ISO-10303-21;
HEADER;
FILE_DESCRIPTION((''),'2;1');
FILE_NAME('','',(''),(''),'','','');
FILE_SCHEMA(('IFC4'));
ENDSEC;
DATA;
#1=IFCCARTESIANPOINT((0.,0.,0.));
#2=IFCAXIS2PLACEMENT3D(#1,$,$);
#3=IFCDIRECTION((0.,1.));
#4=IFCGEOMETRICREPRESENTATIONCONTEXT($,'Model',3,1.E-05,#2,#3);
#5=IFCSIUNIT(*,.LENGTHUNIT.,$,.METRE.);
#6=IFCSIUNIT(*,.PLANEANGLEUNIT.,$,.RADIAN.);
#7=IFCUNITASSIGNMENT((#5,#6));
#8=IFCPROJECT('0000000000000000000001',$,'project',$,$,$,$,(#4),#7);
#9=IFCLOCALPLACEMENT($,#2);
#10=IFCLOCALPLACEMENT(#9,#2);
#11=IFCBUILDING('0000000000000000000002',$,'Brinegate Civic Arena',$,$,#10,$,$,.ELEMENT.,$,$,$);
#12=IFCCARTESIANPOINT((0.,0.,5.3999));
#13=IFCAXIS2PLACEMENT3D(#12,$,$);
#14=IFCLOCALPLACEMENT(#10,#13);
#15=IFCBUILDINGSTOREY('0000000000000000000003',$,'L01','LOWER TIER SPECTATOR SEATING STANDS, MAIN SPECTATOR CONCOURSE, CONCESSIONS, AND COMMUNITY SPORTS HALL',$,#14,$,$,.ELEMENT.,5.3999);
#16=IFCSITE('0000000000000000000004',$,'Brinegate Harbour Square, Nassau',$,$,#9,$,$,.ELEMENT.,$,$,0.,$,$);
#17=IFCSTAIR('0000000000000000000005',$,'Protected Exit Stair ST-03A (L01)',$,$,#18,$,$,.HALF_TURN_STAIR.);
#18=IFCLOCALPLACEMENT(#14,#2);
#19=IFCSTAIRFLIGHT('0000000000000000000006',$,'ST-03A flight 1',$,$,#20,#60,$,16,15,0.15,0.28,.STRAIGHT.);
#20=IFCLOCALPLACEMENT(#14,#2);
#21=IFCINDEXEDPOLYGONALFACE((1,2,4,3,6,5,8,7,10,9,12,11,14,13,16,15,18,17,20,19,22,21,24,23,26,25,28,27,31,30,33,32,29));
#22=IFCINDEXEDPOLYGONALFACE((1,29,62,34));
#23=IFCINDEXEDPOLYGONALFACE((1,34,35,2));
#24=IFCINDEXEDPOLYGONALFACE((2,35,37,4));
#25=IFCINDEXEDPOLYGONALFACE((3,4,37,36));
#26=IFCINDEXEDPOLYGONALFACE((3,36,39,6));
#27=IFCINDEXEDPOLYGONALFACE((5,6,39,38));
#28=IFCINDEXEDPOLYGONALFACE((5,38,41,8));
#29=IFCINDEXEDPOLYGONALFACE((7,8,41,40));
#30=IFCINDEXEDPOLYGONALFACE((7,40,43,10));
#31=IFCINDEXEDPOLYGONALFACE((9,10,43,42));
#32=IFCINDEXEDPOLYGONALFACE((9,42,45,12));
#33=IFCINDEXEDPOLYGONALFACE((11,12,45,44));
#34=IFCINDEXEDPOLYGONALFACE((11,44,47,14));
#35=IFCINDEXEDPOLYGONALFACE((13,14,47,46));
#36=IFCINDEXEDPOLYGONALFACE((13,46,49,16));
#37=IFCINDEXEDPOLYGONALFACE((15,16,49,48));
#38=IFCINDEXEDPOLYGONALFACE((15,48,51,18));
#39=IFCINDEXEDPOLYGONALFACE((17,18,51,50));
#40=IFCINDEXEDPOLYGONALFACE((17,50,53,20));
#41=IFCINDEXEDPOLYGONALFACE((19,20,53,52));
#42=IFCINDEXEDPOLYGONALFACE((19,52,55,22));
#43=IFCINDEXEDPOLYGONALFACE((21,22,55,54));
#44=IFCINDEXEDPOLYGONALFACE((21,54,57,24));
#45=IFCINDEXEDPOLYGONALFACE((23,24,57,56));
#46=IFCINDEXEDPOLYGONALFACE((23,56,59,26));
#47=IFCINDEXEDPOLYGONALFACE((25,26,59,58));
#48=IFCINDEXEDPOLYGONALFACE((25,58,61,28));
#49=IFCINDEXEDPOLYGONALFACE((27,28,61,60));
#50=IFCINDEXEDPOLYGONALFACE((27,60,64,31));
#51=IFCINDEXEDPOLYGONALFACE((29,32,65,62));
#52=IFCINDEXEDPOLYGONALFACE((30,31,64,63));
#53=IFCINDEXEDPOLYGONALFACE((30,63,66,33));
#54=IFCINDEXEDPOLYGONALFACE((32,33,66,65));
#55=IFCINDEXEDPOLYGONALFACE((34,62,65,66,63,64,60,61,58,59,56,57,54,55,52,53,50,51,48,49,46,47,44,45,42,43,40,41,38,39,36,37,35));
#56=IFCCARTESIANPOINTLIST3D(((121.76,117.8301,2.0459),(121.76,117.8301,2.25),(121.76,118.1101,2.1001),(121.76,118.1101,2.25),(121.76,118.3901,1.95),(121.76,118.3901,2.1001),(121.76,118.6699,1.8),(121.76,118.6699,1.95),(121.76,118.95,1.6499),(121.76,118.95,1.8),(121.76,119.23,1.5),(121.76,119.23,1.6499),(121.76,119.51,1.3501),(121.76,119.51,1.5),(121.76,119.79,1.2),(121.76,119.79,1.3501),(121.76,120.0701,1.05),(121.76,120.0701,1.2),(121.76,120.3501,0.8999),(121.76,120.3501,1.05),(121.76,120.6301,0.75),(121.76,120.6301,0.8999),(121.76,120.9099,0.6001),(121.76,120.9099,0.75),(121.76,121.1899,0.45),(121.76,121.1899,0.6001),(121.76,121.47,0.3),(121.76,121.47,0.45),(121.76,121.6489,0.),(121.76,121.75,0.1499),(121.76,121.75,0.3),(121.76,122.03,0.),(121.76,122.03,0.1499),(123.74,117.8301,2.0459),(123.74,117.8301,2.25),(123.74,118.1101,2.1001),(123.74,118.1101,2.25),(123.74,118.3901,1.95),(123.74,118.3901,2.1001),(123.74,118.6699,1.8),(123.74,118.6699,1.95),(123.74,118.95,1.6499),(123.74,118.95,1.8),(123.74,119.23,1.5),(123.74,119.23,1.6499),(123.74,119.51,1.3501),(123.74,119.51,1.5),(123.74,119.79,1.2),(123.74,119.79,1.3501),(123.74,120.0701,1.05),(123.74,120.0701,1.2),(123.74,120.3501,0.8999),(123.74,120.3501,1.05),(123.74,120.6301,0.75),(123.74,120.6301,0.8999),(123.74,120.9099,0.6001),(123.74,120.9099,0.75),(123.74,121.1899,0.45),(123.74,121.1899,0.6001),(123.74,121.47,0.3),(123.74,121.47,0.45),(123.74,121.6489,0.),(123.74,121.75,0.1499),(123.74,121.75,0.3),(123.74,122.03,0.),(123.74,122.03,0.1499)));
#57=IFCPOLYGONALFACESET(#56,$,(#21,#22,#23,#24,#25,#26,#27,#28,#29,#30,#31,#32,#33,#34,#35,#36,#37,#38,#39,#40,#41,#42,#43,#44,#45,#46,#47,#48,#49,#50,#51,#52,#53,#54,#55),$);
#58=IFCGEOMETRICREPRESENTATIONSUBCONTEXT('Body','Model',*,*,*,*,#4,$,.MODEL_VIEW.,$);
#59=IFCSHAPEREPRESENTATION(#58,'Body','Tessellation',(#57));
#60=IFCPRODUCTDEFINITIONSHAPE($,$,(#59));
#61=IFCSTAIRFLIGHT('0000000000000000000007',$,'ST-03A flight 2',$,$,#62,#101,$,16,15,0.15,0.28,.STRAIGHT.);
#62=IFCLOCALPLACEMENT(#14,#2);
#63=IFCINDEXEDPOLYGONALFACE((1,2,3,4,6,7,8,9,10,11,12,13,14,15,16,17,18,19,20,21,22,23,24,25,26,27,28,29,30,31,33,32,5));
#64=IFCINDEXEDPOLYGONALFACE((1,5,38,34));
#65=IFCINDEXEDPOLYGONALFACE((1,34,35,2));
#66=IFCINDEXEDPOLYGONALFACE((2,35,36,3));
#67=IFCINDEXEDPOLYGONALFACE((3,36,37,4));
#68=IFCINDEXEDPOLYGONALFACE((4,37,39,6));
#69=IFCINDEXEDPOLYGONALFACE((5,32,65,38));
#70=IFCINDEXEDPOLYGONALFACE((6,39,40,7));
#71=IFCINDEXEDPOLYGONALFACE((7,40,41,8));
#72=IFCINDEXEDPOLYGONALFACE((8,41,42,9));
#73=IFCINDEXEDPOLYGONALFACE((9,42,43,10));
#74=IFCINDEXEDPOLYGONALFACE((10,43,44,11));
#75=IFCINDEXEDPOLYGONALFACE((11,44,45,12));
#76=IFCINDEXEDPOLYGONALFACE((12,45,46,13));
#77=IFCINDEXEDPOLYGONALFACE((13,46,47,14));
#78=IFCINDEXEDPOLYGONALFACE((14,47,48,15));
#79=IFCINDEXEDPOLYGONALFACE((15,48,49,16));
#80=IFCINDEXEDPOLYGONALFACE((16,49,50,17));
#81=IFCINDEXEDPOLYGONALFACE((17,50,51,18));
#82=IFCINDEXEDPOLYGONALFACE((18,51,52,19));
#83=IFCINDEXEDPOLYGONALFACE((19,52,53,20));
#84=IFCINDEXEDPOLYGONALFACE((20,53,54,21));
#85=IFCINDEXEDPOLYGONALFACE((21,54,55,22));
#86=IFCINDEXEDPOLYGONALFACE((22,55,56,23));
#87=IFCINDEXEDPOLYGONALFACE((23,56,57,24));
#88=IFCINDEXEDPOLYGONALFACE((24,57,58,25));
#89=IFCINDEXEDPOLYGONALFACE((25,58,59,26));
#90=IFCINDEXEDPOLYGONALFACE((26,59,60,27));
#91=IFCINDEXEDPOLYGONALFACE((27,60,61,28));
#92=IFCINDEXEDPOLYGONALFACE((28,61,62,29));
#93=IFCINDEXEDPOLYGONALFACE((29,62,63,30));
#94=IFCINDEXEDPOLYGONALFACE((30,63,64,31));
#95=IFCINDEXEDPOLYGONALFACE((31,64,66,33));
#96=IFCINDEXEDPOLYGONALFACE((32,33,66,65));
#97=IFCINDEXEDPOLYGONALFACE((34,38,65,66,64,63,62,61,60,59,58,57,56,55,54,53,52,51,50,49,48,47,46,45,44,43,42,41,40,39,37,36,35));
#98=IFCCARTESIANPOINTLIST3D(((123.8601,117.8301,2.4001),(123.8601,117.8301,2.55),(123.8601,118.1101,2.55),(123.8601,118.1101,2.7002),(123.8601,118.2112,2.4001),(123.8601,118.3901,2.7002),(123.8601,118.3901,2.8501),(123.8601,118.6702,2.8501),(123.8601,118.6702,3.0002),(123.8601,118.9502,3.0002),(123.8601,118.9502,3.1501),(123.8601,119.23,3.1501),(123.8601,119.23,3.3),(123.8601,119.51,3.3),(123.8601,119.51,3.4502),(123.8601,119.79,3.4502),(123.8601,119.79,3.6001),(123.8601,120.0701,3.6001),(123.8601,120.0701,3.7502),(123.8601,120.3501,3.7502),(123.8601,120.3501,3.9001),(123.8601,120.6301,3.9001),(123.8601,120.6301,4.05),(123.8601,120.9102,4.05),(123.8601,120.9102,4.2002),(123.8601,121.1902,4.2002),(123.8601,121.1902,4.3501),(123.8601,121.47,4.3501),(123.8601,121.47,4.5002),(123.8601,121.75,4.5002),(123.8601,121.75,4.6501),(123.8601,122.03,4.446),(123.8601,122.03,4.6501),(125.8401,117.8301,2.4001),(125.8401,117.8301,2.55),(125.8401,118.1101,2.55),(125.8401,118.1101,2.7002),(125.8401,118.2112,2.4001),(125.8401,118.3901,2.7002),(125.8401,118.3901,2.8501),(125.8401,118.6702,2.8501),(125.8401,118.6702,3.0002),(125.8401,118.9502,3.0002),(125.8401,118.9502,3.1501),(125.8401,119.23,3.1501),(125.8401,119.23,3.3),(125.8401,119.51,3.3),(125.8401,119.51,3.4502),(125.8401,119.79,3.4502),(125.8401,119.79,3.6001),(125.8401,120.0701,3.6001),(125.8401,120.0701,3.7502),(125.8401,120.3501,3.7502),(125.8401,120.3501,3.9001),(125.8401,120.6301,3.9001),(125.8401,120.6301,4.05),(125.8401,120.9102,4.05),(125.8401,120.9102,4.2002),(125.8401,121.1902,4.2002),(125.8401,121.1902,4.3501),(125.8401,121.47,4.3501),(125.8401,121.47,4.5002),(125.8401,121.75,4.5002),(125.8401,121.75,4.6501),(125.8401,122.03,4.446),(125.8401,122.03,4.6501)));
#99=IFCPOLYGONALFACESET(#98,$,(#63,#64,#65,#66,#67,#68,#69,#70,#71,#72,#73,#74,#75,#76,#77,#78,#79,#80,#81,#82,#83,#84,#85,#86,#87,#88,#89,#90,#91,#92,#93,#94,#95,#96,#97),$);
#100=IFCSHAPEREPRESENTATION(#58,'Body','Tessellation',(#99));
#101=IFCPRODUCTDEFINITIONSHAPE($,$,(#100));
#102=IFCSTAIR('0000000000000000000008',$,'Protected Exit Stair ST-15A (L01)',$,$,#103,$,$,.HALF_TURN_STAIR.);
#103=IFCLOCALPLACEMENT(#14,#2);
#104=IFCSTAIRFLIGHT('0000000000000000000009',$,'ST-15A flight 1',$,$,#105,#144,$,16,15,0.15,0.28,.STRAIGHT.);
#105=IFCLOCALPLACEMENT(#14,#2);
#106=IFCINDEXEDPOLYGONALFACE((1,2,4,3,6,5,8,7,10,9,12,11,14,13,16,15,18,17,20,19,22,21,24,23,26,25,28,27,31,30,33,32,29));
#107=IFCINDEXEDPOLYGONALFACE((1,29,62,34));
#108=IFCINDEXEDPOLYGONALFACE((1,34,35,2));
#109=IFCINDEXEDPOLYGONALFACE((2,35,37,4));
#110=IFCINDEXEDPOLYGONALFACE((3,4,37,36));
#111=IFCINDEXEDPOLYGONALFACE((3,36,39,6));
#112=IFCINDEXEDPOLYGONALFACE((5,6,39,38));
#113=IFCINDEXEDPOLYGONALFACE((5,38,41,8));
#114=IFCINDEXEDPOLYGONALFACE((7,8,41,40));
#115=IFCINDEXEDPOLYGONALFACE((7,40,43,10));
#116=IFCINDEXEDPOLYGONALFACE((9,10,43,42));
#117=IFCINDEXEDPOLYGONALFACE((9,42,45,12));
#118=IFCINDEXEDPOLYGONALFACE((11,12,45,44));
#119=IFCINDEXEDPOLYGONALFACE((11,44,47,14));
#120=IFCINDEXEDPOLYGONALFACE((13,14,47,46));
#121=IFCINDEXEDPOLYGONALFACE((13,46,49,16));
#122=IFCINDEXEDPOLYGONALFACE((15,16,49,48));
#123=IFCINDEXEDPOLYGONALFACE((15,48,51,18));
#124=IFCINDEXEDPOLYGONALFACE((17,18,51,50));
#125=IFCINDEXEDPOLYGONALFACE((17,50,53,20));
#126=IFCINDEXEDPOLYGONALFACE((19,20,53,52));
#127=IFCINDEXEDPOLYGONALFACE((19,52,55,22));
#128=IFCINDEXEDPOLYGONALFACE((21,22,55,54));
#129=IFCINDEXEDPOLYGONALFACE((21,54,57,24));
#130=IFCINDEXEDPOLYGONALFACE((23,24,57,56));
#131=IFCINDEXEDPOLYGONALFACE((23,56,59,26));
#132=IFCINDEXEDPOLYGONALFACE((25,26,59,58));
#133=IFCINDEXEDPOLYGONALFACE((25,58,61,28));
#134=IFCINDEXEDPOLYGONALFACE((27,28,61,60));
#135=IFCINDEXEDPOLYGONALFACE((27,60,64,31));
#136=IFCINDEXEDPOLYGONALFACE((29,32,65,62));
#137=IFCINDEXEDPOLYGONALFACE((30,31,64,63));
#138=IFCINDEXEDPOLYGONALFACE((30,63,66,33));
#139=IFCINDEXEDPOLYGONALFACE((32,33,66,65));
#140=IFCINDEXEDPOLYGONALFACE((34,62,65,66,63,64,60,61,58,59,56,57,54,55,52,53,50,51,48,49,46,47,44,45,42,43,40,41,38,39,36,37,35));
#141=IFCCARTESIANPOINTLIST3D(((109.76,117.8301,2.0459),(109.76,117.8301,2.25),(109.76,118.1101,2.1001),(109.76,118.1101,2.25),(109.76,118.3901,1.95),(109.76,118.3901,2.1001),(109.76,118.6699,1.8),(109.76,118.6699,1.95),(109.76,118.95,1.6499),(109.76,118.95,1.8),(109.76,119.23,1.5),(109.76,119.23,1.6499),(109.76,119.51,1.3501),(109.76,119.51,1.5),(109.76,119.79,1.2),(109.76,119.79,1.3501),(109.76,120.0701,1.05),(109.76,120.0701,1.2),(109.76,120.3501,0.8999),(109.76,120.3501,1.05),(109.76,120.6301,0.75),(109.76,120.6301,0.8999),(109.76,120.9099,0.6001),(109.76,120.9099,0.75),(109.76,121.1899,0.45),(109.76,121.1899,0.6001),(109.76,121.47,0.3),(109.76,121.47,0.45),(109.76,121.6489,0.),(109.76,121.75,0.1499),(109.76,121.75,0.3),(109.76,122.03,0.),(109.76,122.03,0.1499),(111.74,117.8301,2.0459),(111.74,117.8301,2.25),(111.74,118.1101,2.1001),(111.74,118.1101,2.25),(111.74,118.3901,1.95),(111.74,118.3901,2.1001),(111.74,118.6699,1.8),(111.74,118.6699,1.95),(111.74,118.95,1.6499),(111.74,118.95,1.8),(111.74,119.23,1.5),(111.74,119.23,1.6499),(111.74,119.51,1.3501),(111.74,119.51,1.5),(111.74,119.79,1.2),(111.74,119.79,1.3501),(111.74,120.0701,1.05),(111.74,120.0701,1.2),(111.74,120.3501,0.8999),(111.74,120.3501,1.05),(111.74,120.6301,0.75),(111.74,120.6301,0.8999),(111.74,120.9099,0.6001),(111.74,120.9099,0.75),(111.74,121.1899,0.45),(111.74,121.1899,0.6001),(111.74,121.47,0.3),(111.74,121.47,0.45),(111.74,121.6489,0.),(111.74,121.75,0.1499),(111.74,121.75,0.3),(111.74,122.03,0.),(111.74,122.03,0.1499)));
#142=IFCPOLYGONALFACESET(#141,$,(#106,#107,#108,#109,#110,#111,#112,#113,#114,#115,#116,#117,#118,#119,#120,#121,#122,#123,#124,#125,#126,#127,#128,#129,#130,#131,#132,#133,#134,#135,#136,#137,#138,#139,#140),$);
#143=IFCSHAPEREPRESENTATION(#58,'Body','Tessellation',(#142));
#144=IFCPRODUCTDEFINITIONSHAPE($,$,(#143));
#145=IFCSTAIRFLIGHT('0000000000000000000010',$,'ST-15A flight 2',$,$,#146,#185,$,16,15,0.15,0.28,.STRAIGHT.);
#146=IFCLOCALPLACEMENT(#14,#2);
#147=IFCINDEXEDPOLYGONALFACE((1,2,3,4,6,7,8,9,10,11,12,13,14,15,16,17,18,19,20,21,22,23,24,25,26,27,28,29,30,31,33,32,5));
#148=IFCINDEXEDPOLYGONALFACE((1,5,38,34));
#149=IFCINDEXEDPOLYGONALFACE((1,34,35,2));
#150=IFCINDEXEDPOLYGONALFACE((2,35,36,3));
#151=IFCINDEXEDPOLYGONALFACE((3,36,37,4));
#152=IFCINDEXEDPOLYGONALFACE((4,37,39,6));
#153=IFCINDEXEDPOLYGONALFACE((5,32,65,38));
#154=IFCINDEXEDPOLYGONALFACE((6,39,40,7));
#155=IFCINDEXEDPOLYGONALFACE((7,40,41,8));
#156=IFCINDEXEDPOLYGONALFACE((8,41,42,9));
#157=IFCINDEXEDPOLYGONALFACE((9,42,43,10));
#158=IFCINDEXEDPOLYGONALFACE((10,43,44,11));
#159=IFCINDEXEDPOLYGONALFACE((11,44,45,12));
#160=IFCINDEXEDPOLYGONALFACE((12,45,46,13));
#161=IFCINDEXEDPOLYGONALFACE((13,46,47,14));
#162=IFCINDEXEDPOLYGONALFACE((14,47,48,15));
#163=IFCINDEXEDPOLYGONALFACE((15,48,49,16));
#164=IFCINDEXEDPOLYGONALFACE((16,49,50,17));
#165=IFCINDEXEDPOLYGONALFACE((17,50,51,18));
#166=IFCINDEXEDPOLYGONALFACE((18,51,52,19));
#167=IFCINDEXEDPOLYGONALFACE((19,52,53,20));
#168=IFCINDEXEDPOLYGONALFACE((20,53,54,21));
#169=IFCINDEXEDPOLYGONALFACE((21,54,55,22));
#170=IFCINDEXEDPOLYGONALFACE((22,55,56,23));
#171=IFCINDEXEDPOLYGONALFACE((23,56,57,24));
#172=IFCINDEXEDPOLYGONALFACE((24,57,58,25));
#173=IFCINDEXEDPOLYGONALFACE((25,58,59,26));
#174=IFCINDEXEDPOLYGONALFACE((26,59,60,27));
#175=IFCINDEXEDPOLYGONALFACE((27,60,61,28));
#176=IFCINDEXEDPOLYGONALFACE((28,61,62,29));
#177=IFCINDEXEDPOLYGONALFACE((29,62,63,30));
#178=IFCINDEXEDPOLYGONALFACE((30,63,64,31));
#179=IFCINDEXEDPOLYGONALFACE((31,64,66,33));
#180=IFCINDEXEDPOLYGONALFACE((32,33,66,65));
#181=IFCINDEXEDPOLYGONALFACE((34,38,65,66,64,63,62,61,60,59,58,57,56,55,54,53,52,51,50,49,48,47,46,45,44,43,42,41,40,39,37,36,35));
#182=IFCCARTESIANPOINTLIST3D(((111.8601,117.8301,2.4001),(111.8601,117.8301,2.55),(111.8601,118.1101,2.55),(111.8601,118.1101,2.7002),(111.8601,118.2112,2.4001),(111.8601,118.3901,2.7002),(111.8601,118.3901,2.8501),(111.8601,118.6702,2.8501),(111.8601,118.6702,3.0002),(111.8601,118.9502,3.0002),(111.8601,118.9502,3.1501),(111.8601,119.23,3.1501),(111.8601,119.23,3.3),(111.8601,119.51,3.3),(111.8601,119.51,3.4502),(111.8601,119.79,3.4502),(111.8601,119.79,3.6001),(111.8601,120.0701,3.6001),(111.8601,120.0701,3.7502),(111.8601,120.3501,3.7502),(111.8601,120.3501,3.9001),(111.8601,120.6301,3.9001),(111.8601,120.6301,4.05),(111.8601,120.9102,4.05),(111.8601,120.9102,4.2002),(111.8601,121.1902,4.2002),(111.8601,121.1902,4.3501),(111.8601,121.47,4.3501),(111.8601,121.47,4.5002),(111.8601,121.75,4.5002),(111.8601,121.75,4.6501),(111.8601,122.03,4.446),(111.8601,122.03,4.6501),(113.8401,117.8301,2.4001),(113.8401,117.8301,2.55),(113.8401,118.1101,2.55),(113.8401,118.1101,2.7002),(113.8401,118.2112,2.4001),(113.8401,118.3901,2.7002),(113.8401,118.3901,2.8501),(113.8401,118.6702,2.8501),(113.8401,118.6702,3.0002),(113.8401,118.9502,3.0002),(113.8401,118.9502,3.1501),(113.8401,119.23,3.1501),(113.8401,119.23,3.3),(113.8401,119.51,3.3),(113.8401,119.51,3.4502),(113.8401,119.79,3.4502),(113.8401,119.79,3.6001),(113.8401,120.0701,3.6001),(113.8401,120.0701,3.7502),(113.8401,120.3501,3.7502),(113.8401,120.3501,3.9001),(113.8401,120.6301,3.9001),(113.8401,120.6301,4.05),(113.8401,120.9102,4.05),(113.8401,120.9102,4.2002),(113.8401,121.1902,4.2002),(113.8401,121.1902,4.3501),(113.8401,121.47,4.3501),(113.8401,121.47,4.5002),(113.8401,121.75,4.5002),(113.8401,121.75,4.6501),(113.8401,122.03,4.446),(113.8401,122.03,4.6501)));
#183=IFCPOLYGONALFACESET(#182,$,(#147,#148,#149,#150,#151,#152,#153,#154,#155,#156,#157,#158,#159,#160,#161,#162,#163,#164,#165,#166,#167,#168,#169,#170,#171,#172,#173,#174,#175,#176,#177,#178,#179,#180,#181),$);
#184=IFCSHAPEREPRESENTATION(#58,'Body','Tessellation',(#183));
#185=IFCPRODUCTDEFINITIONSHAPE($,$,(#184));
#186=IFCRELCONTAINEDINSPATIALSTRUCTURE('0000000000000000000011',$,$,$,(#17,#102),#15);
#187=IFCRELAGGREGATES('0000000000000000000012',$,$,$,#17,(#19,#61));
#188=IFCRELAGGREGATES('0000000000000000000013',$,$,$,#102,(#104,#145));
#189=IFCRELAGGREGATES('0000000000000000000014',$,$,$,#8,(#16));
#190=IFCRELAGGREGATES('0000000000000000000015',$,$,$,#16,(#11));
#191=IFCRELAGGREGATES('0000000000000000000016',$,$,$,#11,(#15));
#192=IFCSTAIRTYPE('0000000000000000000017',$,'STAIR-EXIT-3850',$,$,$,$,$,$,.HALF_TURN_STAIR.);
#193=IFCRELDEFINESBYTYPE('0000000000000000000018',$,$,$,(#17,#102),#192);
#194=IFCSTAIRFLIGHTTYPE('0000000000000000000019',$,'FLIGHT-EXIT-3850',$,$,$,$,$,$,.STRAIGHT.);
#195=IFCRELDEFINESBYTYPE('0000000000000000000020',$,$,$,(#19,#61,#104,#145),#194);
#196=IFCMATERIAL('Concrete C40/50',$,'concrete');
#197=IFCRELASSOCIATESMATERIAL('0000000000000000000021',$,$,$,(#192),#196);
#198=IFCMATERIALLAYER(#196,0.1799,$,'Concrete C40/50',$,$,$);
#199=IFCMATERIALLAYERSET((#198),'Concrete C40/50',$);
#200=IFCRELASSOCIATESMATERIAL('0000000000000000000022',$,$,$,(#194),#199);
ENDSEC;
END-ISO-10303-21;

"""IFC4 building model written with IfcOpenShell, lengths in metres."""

from ifc_helpers import new_model, si_unit, direction, frame, origin, place, context, subcontext, project, spatial, polyline, outline, extrude, material, layer, layer_set, type_object, element, aggregate, save


model = new_model("IFC4")

# Units and contexts
model_context = context("Model", 3, precision=1e-05, world=origin(), true_north=direction((0.0, 1.0)))
body_context = subcontext(model_context, "Body", "Model", "MODEL_VIEW")
ifc_project = project(units=[si_unit("LENGTHUNIT", "METRE"), si_unit("PLANEANGLEUNIT", "RADIAN")], contexts=[model_context])

# Site, building, storey
site_placement = place(None, origin())
site = spatial("IfcSite", under=ifc_project, at=site_placement, Name="Brinegate Harbour Square, Nassau", CompositionType="ELEMENT", RefElevation=0.0)
building_placement = place(site_placement, origin())
building = spatial("IfcBuilding", under=site, at=building_placement, Name="Brinegate Civic Arena", CompositionType="ELEMENT")
storey_placement = place(building_placement, frame((0.0, 0.0, 5.3999)))
storey = spatial("IfcBuildingStorey", under=building, at=storey_placement, Name="L01", Description="LOWER TIER SPECTATOR SEATING STANDS, MAIN SPECTATOR CONCOURSE, CONCESSIONS, AND COMMUNITY SPORTS HALL", CompositionType="ELEMENT", Elevation=5.3999)

# Stairs, stair flights
ifc_material_1 = material(Name="Concrete C40/50", Category="concrete")
stair_type_1 = type_object("IfcStairType", Name="STAIR-EXIT-3850", PredefinedType="HALF_TURN_STAIR", material=ifc_material_1)
stair_1_placement = place(storey_placement, origin())
stair_1 = element("IfcStair", 1, at=stair_1_placement, inside=storey, type_object=stair_type_1, Name="Protected Exit Stair ST-03A (L01)", PredefinedType="HALF_TURN_STAIR")
ifc_layer_1 = layer(ifc_material_1, 0.1799, Name="Concrete C40/50")
ifc_layer_set_1 = layer_set([ifc_layer_1], Name="Concrete C40/50")
stair_flight_type_1 = type_object("IfcStairFlightType", Name="FLIGHT-EXIT-3850", PredefinedType="STRAIGHT", material=ifc_layer_set_1)
stair_flight_1_placement = place(storey_placement, frame((122.75, 122.03, 0.0), z_axis=(0.0, 0.0, 1.0), x_axis=(0.0, -1.0, 0.0)))
stair_flight_1 = element("IfcStairFlight", 2, at=stair_flight_1_placement, type_object=stair_flight_type_1, Name="ST-03A flight 1", NumberOfRisers=16, NumberOfTreads=15, PredefinedType="STRAIGHT", RiserHeight=0.15, TreadLength=0.28, context=body_context, shape_type="SweptSolid", body=[
    extrude(outline(polyline([(0.0, 0.0), (0.0, 0.1499), (0.28, 0.1499), (0.28, 0.3), (0.5601, 0.3), (0.5601, 0.45), (0.8401, 0.45), (0.8401, 0.6001), (1.1201, 0.6001), (1.1201, 0.75), (1.3999, 0.75), (1.3999, 0.8999), (1.6799, 0.8999), (1.6799, 1.05), (1.96, 1.05), (1.96, 1.2), (2.24, 1.2), (2.24, 1.3501), (2.52, 1.3501), (2.52, 1.5), (2.8, 1.5), (2.8, 1.6499), (3.0801, 1.6499), (3.0801, 1.8), (3.3601, 1.8), (3.3601, 1.95), (3.6399, 1.95), (3.6399, 2.1001), (3.9199, 2.1001), (3.9199, 2.25), (4.2, 2.25), (4.2, 2.3999), (4.2, 2.0459), (0.3811, 0.0), (0.0, 0.0)])), frame((0.0, 0.99, 0.0), z_axis=(0.0, -1.0, 0.0), x_axis=(1.0, 0.0, 0.0)), (0.0, 0.0, 1.0), 1.98),
])
stair_flight_2_placement = place(storey_placement, frame((124.8501, 117.8301, 2.4001), z_axis=(0.0, 0.0, 1.0), x_axis=(0.0, 1.0, 0.0)))
stair_flight_2 = element("IfcStairFlight", 3, at=stair_flight_2_placement, type_object=stair_flight_type_1, Name="ST-03A flight 2", NumberOfRisers=16, NumberOfTreads=15, PredefinedType="STRAIGHT", RiserHeight=0.15, TreadLength=0.28, context=body_context, shape_type="SweptSolid", body=[
    extrude(outline(polyline([(0.0, 0.0), (0.0, 0.1499), (0.28, 0.1499), (0.28, 0.3), (0.5601, 0.3), (0.5601, 0.45), (0.8401, 0.45), (0.8401, 0.6001), (1.1201, 0.6001), (1.1201, 0.75), (1.3999, 0.75), (1.3999, 0.8999), (1.6799, 0.8999), (1.6799, 1.05), (1.96, 1.05), (1.96, 1.2), (2.24, 1.2), (2.24, 1.3501), (2.52, 1.3501), (2.52, 1.5), (2.8, 1.5), (2.8, 1.6499), (3.0801, 1.6499), (3.0801, 1.8), (3.3601, 1.8), (3.3601, 1.95), (3.6399, 1.95), (3.6399, 2.1001), (3.9199, 2.1001), (3.9199, 2.25), (4.2, 2.25), (4.2, 2.3999), (4.2, 2.0459), (0.3811, 0.0), (0.0, 0.0)])), frame((0.0, 0.99, 0.0), z_axis=(0.0, -1.0, 0.0), x_axis=(1.0, 0.0, 0.0)), (0.0, 0.0, 1.0), 1.98),
])
aggregate(stair_1, [stair_flight_1, stair_flight_2])
stair_2_placement = place(storey_placement, origin())
stair_2 = element("IfcStair", 4, at=stair_2_placement, inside=storey, type_object=stair_type_1, Name="Protected Exit Stair ST-15A (L01)", PredefinedType="HALF_TURN_STAIR")
stair_flight_3_placement = place(storey_placement, frame((110.75, 122.03, 0.0), z_axis=(0.0, 0.0, 1.0), x_axis=(0.0, -1.0, 0.0)))
stair_flight_3 = element("IfcStairFlight", 5, at=stair_flight_3_placement, type_object=stair_flight_type_1, Name="ST-15A flight 1", NumberOfRisers=16, NumberOfTreads=15, PredefinedType="STRAIGHT", RiserHeight=0.15, TreadLength=0.28, context=body_context, shape_type="SweptSolid", body=[
    extrude(outline(polyline([(0.0, 0.0), (0.0, 0.1499), (0.28, 0.1499), (0.28, 0.3), (0.5601, 0.3), (0.5601, 0.45), (0.8401, 0.45), (0.8401, 0.6001), (1.1201, 0.6001), (1.1201, 0.75), (1.3999, 0.75), (1.3999, 0.8999), (1.6799, 0.8999), (1.6799, 1.05), (1.96, 1.05), (1.96, 1.2), (2.24, 1.2), (2.24, 1.3501), (2.52, 1.3501), (2.52, 1.5), (2.8, 1.5), (2.8, 1.6499), (3.0801, 1.6499), (3.0801, 1.8), (3.3601, 1.8), (3.3601, 1.95), (3.6399, 1.95), (3.6399, 2.1001), (3.9199, 2.1001), (3.9199, 2.25), (4.2, 2.25), (4.2, 2.3999), (4.2, 2.0459), (0.3811, 0.0), (0.0, 0.0)])), frame((0.0, 0.99, 0.0), z_axis=(0.0, -1.0, 0.0), x_axis=(1.0, 0.0, 0.0)), (0.0, 0.0, 1.0), 1.98),
])
stair_flight_4_placement = place(storey_placement, frame((112.8501, 117.8301, 2.4001), z_axis=(0.0, 0.0, 1.0), x_axis=(0.0, 1.0, 0.0)))
stair_flight_4 = element("IfcStairFlight", 6, at=stair_flight_4_placement, type_object=stair_flight_type_1, Name="ST-15A flight 2", NumberOfRisers=16, NumberOfTreads=15, PredefinedType="STRAIGHT", RiserHeight=0.15, TreadLength=0.28, context=body_context, shape_type="SweptSolid", body=[
    extrude(outline(polyline([(0.0, 0.0), (0.0, 0.1499), (0.28, 0.1499), (0.28, 0.3), (0.5601, 0.3), (0.5601, 0.45), (0.8401, 0.45), (0.8401, 0.6001), (1.1201, 0.6001), (1.1201, 0.75), (1.3999, 0.75), (1.3999, 0.8999), (1.6799, 0.8999), (1.6799, 1.05), (1.96, 1.05), (1.96, 1.2), (2.24, 1.2), (2.24, 1.3501), (2.52, 1.3501), (2.52, 1.5), (2.8, 1.5), (2.8, 1.6499), (3.0801, 1.6499), (3.0801, 1.8), (3.3601, 1.8), (3.3601, 1.95), (3.6399, 1.95), (3.6399, 2.1001), (3.9199, 2.1001), (3.9199, 2.25), (4.2, 2.25), (4.2, 2.3999), (4.2, 2.0459), (0.3811, 0.0), (0.0, 0.0)])), frame((0.0, 0.99, 0.0), z_axis=(0.0, -1.0, 0.0), x_axis=(1.0, 0.0, 0.0)), (0.0, 0.0, 1.0), 1.98),
])
aggregate(stair_2, [stair_flight_3, stair_flight_4])

save(model, "model.ifc")
